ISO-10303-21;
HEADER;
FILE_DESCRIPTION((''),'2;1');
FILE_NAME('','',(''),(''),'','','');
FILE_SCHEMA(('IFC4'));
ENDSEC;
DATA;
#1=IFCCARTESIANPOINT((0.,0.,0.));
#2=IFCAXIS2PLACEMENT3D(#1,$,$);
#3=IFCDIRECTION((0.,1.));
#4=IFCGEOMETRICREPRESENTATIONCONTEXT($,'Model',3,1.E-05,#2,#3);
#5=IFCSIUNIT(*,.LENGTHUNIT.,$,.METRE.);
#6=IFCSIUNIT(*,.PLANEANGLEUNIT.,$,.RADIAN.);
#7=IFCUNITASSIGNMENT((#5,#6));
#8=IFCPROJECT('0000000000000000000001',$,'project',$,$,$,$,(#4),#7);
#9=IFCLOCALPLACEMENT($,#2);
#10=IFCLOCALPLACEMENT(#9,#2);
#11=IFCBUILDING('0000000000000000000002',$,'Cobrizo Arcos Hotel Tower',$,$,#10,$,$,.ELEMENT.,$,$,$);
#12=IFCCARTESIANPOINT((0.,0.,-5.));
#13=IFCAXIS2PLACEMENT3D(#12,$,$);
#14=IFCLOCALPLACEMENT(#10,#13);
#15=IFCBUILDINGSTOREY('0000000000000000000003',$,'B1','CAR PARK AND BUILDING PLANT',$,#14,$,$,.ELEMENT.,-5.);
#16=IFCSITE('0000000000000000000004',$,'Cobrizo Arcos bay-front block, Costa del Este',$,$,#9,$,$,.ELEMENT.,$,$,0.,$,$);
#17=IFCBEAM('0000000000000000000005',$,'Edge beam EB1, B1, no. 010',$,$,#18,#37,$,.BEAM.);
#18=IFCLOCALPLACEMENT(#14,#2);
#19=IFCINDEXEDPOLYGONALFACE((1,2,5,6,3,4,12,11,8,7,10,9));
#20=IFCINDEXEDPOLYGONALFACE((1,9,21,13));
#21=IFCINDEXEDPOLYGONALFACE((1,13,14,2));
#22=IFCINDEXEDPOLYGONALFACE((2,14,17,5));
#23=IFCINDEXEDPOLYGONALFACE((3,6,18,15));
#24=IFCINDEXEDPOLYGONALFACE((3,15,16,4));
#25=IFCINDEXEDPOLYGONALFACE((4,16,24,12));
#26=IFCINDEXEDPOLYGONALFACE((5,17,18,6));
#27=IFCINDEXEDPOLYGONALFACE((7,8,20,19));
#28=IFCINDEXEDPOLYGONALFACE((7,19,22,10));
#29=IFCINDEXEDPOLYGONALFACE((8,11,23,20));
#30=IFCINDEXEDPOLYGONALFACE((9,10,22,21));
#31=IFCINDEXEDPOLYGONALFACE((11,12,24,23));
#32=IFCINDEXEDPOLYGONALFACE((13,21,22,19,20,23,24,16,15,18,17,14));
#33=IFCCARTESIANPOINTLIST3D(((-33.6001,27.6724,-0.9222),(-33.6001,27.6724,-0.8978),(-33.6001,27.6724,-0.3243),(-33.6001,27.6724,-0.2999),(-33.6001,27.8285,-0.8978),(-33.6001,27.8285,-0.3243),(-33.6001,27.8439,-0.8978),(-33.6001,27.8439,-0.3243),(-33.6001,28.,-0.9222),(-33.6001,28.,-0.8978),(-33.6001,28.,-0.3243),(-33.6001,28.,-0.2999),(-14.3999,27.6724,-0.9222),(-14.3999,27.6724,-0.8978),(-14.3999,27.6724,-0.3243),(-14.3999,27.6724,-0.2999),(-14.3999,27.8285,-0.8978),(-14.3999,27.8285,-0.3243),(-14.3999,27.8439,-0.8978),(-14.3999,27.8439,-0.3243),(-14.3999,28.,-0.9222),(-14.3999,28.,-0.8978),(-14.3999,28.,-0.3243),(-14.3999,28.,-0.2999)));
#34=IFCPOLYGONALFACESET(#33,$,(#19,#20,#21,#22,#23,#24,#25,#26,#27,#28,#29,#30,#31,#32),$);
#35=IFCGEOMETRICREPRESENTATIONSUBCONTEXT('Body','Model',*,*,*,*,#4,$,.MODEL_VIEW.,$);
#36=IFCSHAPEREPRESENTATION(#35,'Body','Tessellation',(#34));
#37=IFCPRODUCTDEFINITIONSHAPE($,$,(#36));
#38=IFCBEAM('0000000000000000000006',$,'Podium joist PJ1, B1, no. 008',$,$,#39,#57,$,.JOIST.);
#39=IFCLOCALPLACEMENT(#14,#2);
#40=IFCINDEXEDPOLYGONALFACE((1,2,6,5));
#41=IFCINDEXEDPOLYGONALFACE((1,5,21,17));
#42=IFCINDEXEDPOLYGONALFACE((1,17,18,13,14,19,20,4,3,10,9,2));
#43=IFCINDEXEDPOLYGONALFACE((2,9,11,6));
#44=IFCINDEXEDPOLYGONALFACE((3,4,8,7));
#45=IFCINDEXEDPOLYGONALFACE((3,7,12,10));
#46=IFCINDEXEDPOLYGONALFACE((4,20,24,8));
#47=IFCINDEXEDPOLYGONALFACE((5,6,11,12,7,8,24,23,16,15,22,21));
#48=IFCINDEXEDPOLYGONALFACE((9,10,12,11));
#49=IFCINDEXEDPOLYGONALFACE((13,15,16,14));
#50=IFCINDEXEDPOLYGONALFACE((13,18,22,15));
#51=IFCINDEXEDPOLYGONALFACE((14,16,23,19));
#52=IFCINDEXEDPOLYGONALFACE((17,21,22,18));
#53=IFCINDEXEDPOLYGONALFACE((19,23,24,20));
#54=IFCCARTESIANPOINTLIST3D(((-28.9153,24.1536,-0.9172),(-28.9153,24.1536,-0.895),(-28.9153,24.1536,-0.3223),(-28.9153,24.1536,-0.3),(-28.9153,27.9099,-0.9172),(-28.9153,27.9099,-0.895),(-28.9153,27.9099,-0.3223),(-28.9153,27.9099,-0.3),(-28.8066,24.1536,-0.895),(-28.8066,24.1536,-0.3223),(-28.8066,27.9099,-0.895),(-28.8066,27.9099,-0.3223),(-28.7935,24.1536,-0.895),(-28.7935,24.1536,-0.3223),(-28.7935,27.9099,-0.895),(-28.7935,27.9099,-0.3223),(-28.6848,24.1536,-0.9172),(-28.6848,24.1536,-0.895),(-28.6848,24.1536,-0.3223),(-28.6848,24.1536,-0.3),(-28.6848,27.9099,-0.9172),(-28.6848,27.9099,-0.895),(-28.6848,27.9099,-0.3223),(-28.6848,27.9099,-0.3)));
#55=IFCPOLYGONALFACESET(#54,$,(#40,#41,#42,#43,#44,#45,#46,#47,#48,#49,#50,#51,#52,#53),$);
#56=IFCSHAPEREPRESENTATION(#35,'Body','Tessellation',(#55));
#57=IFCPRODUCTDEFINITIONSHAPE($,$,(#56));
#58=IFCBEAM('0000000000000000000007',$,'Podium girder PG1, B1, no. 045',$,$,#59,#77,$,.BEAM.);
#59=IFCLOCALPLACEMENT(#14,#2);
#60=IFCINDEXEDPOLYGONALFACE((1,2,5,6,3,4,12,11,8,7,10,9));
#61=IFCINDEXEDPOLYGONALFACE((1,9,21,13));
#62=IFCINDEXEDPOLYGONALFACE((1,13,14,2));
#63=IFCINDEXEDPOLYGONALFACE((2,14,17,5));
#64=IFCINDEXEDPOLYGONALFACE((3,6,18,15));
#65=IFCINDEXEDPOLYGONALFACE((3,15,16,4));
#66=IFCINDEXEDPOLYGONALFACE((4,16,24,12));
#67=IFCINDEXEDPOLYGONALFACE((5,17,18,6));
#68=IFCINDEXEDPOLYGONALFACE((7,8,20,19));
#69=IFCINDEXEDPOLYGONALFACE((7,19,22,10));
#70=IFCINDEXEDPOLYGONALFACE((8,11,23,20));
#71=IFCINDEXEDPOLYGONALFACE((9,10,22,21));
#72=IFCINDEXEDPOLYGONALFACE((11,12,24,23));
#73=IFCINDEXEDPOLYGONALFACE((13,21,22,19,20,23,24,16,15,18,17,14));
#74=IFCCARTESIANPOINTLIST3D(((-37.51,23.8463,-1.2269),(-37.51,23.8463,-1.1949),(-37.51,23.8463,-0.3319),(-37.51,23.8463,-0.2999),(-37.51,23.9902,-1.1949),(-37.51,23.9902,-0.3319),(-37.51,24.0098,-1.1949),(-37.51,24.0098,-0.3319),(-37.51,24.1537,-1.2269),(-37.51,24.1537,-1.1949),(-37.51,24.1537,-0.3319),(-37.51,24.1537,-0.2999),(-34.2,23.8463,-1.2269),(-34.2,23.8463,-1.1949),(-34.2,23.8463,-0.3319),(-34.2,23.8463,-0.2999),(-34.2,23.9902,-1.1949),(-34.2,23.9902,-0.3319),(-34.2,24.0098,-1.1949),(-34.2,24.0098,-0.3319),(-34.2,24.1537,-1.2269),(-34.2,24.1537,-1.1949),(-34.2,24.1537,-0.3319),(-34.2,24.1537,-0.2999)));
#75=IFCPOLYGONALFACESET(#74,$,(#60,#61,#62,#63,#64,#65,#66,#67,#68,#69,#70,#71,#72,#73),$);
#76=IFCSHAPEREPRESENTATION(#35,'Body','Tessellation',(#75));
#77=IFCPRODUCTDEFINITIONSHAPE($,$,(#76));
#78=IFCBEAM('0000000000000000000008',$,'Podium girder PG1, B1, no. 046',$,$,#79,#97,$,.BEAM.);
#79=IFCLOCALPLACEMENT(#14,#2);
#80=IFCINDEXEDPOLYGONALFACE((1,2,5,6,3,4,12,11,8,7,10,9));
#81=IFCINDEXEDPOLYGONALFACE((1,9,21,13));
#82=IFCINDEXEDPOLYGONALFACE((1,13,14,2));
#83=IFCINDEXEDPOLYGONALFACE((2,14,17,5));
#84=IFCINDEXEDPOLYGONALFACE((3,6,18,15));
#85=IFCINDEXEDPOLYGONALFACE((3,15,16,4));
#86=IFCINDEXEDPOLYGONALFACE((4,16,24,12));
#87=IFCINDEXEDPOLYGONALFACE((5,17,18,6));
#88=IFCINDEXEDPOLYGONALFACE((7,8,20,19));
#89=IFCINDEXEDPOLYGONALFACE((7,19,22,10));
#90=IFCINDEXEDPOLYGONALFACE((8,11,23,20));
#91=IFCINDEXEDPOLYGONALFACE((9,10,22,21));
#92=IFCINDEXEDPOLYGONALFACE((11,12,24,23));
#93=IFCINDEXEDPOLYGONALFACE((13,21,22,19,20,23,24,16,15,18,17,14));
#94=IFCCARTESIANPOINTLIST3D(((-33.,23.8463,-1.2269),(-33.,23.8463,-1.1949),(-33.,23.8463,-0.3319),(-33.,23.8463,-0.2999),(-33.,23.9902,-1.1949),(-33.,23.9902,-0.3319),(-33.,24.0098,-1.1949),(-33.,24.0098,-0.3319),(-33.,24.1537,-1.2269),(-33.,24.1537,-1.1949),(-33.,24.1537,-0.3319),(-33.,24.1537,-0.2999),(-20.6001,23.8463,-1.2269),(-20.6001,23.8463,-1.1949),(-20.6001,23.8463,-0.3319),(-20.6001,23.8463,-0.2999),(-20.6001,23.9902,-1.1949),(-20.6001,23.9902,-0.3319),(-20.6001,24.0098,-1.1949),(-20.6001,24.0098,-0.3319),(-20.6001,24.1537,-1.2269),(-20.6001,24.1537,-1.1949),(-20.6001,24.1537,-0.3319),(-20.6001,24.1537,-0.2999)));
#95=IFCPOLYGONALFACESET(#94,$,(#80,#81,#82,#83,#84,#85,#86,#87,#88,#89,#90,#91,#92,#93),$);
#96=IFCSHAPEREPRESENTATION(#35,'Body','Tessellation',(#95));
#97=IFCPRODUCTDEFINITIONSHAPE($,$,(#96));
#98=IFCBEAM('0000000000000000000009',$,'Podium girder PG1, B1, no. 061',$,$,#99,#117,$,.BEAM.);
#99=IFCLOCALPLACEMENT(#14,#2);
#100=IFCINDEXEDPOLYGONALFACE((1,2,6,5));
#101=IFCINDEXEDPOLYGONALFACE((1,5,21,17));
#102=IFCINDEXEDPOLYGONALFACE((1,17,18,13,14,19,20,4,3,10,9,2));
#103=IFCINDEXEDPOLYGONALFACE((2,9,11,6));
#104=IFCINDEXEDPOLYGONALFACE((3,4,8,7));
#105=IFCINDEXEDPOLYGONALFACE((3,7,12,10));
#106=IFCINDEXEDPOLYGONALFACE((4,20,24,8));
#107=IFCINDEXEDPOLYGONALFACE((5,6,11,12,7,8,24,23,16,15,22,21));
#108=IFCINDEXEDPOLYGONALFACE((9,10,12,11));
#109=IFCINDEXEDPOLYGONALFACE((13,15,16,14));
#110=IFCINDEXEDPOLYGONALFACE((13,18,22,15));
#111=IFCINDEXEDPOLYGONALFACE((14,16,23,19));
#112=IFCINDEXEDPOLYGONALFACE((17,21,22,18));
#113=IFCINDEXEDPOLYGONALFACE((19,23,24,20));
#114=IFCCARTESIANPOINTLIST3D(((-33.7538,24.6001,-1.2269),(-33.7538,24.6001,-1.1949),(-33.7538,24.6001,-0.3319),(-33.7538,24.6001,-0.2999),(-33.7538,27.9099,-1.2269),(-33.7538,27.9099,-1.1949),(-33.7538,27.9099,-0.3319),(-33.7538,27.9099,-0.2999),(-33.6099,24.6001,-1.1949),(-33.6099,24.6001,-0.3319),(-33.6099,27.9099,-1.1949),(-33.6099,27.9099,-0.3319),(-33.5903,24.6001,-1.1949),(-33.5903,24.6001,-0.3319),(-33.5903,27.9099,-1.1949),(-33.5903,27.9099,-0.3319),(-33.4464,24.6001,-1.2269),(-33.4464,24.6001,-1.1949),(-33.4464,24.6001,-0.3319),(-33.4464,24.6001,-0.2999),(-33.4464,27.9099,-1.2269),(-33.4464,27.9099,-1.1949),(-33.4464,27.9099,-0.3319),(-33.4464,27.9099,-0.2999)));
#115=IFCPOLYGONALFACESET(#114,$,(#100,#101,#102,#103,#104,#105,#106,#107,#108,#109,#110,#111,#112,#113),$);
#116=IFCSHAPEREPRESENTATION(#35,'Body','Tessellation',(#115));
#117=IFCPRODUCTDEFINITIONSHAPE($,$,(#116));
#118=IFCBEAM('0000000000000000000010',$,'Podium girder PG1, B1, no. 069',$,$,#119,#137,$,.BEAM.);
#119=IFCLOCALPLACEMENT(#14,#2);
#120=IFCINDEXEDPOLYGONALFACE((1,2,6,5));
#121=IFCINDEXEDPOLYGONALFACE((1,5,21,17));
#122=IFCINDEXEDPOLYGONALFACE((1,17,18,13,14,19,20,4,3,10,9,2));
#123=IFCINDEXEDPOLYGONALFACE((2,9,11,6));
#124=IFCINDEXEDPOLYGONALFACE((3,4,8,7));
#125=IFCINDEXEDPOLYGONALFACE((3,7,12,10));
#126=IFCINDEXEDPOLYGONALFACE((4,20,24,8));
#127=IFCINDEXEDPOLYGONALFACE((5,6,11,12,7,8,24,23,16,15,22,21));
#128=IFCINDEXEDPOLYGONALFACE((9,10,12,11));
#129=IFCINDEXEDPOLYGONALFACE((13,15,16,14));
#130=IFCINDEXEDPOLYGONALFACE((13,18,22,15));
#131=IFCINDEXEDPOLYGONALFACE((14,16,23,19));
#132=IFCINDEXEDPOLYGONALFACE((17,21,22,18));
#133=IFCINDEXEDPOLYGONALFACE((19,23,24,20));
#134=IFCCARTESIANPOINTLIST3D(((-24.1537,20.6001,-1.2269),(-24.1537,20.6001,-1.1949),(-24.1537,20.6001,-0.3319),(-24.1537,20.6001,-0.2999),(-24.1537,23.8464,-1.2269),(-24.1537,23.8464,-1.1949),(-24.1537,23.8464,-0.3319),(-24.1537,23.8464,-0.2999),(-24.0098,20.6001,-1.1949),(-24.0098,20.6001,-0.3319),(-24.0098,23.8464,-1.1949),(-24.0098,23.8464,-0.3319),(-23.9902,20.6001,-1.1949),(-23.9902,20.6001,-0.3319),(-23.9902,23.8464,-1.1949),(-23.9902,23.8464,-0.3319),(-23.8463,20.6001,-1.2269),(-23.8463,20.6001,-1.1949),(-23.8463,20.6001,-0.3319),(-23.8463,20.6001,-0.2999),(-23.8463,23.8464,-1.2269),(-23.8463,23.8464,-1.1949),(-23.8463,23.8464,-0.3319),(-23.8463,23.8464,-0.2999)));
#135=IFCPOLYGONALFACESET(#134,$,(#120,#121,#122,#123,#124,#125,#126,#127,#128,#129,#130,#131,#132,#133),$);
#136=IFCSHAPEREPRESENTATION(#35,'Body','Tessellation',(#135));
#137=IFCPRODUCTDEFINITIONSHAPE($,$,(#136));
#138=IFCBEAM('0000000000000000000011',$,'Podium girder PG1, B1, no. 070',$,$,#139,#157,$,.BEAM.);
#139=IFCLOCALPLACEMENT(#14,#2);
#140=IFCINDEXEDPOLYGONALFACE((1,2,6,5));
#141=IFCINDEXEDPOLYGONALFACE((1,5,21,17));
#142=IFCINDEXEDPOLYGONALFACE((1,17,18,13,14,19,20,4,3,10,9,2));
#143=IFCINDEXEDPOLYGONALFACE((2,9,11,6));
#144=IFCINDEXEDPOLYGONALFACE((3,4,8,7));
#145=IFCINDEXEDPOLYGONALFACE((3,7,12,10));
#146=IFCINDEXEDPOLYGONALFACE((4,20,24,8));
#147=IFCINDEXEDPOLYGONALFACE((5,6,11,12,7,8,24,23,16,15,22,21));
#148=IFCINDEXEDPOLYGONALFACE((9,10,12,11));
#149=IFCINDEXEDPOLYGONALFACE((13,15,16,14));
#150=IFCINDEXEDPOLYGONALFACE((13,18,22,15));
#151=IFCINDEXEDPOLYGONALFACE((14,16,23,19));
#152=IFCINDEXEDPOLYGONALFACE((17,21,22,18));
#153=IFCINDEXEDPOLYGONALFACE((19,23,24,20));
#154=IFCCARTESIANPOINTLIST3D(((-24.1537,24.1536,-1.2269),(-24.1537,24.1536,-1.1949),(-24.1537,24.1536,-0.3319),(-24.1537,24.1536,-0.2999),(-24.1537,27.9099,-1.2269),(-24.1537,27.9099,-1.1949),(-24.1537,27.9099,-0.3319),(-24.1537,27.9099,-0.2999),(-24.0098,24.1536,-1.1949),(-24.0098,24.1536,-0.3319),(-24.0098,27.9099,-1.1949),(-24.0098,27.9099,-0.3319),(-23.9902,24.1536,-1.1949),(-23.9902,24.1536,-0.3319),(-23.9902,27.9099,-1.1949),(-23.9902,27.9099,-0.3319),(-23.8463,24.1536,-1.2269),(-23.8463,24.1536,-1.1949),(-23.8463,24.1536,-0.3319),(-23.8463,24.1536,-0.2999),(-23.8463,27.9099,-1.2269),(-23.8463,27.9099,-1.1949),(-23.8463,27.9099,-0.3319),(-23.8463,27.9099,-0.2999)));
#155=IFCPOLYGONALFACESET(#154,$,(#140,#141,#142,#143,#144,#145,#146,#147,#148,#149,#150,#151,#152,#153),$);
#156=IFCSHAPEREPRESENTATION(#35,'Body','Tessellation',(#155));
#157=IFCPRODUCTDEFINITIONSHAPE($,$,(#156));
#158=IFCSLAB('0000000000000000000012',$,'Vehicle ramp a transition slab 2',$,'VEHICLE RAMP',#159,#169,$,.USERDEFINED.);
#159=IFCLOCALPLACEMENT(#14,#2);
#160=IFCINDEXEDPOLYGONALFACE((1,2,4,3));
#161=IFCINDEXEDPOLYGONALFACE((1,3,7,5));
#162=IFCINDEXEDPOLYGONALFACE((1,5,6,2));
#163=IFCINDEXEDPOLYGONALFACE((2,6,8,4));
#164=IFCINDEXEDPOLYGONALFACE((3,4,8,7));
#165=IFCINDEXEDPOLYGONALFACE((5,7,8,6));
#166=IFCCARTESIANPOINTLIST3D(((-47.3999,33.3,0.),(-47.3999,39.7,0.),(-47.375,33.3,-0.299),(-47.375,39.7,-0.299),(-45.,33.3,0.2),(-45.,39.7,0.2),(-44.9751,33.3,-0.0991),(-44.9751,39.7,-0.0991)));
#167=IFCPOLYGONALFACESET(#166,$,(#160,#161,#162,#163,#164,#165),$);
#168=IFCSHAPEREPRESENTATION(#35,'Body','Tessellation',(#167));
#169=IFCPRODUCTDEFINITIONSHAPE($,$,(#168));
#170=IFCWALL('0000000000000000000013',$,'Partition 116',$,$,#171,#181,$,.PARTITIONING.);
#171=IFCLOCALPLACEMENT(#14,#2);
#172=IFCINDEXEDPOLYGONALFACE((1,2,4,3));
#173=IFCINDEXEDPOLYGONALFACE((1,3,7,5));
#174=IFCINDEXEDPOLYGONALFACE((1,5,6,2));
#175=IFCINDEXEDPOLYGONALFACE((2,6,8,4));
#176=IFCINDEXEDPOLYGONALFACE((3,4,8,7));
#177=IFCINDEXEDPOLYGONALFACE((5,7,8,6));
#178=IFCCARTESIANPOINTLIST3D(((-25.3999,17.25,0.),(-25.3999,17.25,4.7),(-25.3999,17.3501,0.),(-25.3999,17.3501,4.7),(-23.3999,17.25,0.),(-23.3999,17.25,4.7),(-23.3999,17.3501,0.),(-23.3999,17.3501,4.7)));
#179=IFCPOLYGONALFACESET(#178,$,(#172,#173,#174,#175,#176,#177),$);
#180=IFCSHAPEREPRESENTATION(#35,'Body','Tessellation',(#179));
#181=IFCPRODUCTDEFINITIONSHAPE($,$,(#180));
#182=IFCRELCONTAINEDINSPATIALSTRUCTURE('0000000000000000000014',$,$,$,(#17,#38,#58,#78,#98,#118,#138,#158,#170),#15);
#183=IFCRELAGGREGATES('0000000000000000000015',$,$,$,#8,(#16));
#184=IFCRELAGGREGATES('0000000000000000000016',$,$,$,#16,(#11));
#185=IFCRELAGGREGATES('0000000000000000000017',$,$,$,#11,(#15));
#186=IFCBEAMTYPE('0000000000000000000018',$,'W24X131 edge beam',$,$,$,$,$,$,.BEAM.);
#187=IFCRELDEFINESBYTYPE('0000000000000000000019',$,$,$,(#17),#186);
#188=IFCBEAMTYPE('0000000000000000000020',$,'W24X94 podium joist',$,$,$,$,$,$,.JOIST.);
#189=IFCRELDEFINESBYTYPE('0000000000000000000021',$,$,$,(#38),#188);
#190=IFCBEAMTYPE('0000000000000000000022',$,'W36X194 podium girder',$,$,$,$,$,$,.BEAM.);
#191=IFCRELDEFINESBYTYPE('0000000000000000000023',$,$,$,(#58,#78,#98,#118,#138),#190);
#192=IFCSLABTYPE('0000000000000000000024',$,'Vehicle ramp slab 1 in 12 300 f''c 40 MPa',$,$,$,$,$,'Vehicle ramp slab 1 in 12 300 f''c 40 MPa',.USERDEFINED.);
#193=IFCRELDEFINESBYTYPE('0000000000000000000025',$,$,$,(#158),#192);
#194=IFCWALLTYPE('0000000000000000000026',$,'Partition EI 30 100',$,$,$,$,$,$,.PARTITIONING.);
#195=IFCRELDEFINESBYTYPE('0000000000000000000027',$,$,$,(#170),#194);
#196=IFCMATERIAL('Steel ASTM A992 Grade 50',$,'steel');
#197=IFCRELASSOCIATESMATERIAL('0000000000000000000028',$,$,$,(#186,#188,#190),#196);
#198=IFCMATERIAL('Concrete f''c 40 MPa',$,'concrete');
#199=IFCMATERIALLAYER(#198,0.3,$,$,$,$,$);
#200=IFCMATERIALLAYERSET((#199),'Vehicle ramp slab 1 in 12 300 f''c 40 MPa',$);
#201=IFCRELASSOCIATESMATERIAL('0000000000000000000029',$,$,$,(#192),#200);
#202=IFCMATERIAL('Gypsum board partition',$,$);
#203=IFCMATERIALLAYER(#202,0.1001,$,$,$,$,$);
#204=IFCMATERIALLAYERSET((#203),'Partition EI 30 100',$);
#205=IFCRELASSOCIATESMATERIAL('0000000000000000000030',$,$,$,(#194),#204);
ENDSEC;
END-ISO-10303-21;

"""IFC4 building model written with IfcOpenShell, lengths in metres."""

from ifc_helpers import new_model, si_unit, direction, frame, frame_2d, origin, origin_2d, place, context, subcontext, project, spatial, polyline, rectangle, i_section, outline, extrude, material, layer, layer_set, material_profile, profile_set, type_object, element, save


model = new_model("IFC4")

# Units and contexts
model_context = context("Model", 3, precision=1e-05, world=origin(), true_north=direction((0.0, 1.0)))
body_context = subcontext(model_context, "Body", "Model", "MODEL_VIEW")
ifc_project = project(units=[si_unit("LENGTHUNIT", "METRE"), si_unit("PLANEANGLEUNIT", "RADIAN")], contexts=[model_context])

# Site, building, storey
site_placement = place(None, origin())
site = spatial("IfcSite", under=ifc_project, at=site_placement, Name="Cobrizo Arcos bay-front block, Costa del Este", CompositionType="ELEMENT", RefElevation=0.0)
building_placement = place(site_placement, origin())
building = spatial("IfcBuilding", under=site, at=building_placement, Name="Cobrizo Arcos Hotel Tower", CompositionType="ELEMENT")
storey_placement = place(building_placement, frame((0.0, 0.0, -5.0)))
storey = spatial("IfcBuildingStorey", under=building, at=storey_placement, Name="B1", Description="CAR PARK AND BUILDING PLANT", CompositionType="ELEMENT", Elevation=-5.0)

# Shared definitions
ifc_material_1 = material(Name="Concrete f'c 40 MPa", Category="concrete")

# Beams
ifc_material_2 = material(Name="Steel ASTM A992 Grade 50", Category="steel")
ifc_material_profile_1 = material_profile(ifc_material_2, i_section(OverallWidth=0.3276, OverallDepth=0.6223, WebThickness=0.0154, FlangeThickness=0.0244, at=origin_2d()), Name="W24X131")
ifc_profile_set_1 = profile_set([ifc_material_profile_1], Name="Steel ASTM A992 Grade 50")
beam_type_1 = type_object("IfcBeamType", Name="W24X131 edge beam", PredefinedType="BEAM", material=ifc_profile_set_1)
beam_1_placement = place(storey_placement, frame((-33.6001, 27.8362, -0.6111), z_axis=(1.0, 0.0, 0.0), x_axis=(0.0, 1.0, 0.0)))
element("IfcBeam", 1, at=beam_1_placement, inside=storey, type_object=beam_type_1, Name="Edge beam EB1, B1, no. 010", PredefinedType="BEAM", context=body_context, shape_type="SweptSolid", body=[
    extrude(i_section(OverallWidth=0.3276, OverallDepth=0.6223, WebThickness=0.0154, FlangeThickness=0.0244, at=origin_2d()), origin(), (0.0, 0.0, 1.0), 19.2002),
])
ifc_material_profile_2 = material_profile(ifc_material_2, i_section(OverallWidth=0.2305, OverallDepth=0.6172, WebThickness=0.0132, FlangeThickness=0.0222, at=origin_2d()), Name="W24X94")
ifc_profile_set_2 = profile_set([ifc_material_profile_2], Name="Steel ASTM A992 Grade 50")
beam_type_2 = type_object("IfcBeamType", Name="W24X94 podium joist", PredefinedType="JOIST", material=ifc_profile_set_2)
beam_2_placement = place(storey_placement, frame((-28.8, 24.1536, -0.6086), z_axis=(0.0, 1.0, 0.0), x_axis=(-1.0, 0.0, 0.0)))
element("IfcBeam", 2, at=beam_2_placement, inside=storey, type_object=beam_type_2, Name="Podium joist PJ1, B1, no. 008", PredefinedType="JOIST", context=body_context, shape_type="SweptSolid", body=[
    extrude(i_section(OverallWidth=0.2305, OverallDepth=0.6172, WebThickness=0.0132, FlangeThickness=0.0222, at=origin_2d()), origin(), (0.0, 0.0, 1.0), 3.7563),
])
ifc_material_profile_3 = material_profile(ifc_material_2, i_section(OverallWidth=0.3074, OverallDepth=0.927, WebThickness=0.0195, FlangeThickness=0.032, at=origin_2d()), Name="W36X194")
ifc_profile_set_3 = profile_set([ifc_material_profile_3], Name="Steel ASTM A992 Grade 50")
beam_type_3 = type_object("IfcBeamType", Name="W36X194 podium girder", PredefinedType="BEAM", material=ifc_profile_set_3)
beam_3_placement = place(storey_placement, frame((-37.51, 24.0, -0.7634), z_axis=(1.0, 0.0, 0.0), x_axis=(0.0, 1.0, 0.0)))
element("IfcBeam", 3, at=beam_3_placement, inside=storey, type_object=beam_type_3, Name="Podium girder PG1, B1, no. 045", PredefinedType="BEAM", context=body_context, shape_type="SweptSolid", body=[
    extrude(i_section(OverallWidth=0.3074, OverallDepth=0.927, WebThickness=0.0195, FlangeThickness=0.032, at=origin_2d()), origin(), (0.0, 0.0, 1.0), 3.3101),
])
beam_4_placement = place(storey_placement, frame((-33.0, 24.0, -0.7634), z_axis=(1.0, 0.0, 0.0), x_axis=(0.0, 1.0, 0.0)))
element("IfcBeam", 4, at=beam_4_placement, inside=storey, type_object=beam_type_3, Name="Podium girder PG1, B1, no. 046", PredefinedType="BEAM", context=body_context, shape_type="SweptSolid", body=[
    extrude(i_section(OverallWidth=0.3074, OverallDepth=0.927, WebThickness=0.0195, FlangeThickness=0.032, at=origin_2d()), origin(), (0.0, 0.0, 1.0), 12.3999),
])
beam_5_placement = place(storey_placement, frame((-33.6001, 24.6001, -0.7634), z_axis=(0.0, 1.0, 0.0), x_axis=(-1.0, 0.0, 0.0)))
element("IfcBeam", 5, at=beam_5_placement, inside=storey, type_object=beam_type_3, Name="Podium girder PG1, B1, no. 061", PredefinedType="BEAM", context=body_context, shape_type="SweptSolid", body=[
    extrude(i_section(OverallWidth=0.3074, OverallDepth=0.927, WebThickness=0.0195, FlangeThickness=0.032, at=origin_2d()), origin(), (0.0, 0.0, 1.0), 3.3098),
])
beam_6_placement = place(storey_placement, frame((-24.0, 20.6001, -0.7634), z_axis=(0.0, 1.0, 0.0), x_axis=(-1.0, 0.0, 0.0)))
element("IfcBeam", 6, at=beam_6_placement, inside=storey, type_object=beam_type_3, Name="Podium girder PG1, B1, no. 069", PredefinedType="BEAM", context=body_context, shape_type="SweptSolid", body=[
    extrude(i_section(OverallWidth=0.3074, OverallDepth=0.927, WebThickness=0.0195, FlangeThickness=0.032, at=origin_2d()), origin(), (0.0, 0.0, 1.0), 3.2463),
])
beam_7_placement = place(storey_placement, frame((-24.0, 24.1536, -0.7634), z_axis=(0.0, 1.0, 0.0), x_axis=(-1.0, 0.0, 0.0)))
element("IfcBeam", 7, at=beam_7_placement, inside=storey, type_object=beam_type_3, Name="Podium girder PG1, B1, no. 070", PredefinedType="BEAM", context=body_context, shape_type="SweptSolid", body=[
    extrude(i_section(OverallWidth=0.3074, OverallDepth=0.927, WebThickness=0.0195, FlangeThickness=0.032, at=origin_2d()), origin(), (0.0, 0.0, 1.0), 3.7563),
])

# Slab
ifc_layer_1 = layer(ifc_material_1, 0.3)
ifc_layer_set_1 = layer_set([ifc_layer_1], Name="Vehicle ramp slab 1 in 12 300 f'c 40 MPa")
slab_type = type_object("IfcSlabType", Name="Vehicle ramp slab 1 in 12 300 f'c 40 MPa", ElementType="Vehicle ramp slab 1 in 12 300 f'c 40 MPa", PredefinedType="USERDEFINED", material=ifc_layer_set_1)
slab_placement = place(storey_placement, frame((-45.0, 33.3, 0.2), z_axis=(-0.083029, 0.0, 0.996547), x_axis=(-0.996547, 0.0, -0.083029)))
element("IfcSlab", 8, at=slab_placement, inside=storey, type_object=slab_type, Name="Vehicle ramp a transition slab 2", ObjectType="VEHICLE RAMP", PredefinedType="USERDEFINED", context=body_context, shape_type="SweptSolid", body=[
    extrude(outline(polyline([(0.0, 0.0), (2.4082, 0.0), (2.4082, -6.3999), (0.0, -6.3999), (0.0, 0.0)])), origin(), (0.0, 0.0, -1.0), 0.3),
])

# Wall
ifc_material_3 = material(Name="Gypsum board partition")
ifc_layer_2 = layer(ifc_material_3, 0.1001)
ifc_layer_set_2 = layer_set([ifc_layer_2], Name="Partition EI 30 100")
wall_type_1 = type_object("IfcWallType", Name="Partition EI 30 100", PredefinedType="PARTITIONING", material=ifc_layer_set_2)
wall_1_placement = place(storey_placement, frame((-25.3999, 17.3, 0.0), z_axis=(0.0, 0.0, 1.0), x_axis=(1.0, 0.0, 0.0)))
element("IfcWall", 9, at=wall_1_placement, inside=storey, type_object=wall_type_1, Name="Partition 116", PredefinedType="PARTITIONING", context=body_context, shape_type="SweptSolid", body=[
    extrude(rectangle(XDim=2.0, YDim=0.1001, at=frame_2d((1.0, 0.0))), origin(), (0.0, 0.0, 1.0), 4.7),
])

save(model, "model.ifc")
